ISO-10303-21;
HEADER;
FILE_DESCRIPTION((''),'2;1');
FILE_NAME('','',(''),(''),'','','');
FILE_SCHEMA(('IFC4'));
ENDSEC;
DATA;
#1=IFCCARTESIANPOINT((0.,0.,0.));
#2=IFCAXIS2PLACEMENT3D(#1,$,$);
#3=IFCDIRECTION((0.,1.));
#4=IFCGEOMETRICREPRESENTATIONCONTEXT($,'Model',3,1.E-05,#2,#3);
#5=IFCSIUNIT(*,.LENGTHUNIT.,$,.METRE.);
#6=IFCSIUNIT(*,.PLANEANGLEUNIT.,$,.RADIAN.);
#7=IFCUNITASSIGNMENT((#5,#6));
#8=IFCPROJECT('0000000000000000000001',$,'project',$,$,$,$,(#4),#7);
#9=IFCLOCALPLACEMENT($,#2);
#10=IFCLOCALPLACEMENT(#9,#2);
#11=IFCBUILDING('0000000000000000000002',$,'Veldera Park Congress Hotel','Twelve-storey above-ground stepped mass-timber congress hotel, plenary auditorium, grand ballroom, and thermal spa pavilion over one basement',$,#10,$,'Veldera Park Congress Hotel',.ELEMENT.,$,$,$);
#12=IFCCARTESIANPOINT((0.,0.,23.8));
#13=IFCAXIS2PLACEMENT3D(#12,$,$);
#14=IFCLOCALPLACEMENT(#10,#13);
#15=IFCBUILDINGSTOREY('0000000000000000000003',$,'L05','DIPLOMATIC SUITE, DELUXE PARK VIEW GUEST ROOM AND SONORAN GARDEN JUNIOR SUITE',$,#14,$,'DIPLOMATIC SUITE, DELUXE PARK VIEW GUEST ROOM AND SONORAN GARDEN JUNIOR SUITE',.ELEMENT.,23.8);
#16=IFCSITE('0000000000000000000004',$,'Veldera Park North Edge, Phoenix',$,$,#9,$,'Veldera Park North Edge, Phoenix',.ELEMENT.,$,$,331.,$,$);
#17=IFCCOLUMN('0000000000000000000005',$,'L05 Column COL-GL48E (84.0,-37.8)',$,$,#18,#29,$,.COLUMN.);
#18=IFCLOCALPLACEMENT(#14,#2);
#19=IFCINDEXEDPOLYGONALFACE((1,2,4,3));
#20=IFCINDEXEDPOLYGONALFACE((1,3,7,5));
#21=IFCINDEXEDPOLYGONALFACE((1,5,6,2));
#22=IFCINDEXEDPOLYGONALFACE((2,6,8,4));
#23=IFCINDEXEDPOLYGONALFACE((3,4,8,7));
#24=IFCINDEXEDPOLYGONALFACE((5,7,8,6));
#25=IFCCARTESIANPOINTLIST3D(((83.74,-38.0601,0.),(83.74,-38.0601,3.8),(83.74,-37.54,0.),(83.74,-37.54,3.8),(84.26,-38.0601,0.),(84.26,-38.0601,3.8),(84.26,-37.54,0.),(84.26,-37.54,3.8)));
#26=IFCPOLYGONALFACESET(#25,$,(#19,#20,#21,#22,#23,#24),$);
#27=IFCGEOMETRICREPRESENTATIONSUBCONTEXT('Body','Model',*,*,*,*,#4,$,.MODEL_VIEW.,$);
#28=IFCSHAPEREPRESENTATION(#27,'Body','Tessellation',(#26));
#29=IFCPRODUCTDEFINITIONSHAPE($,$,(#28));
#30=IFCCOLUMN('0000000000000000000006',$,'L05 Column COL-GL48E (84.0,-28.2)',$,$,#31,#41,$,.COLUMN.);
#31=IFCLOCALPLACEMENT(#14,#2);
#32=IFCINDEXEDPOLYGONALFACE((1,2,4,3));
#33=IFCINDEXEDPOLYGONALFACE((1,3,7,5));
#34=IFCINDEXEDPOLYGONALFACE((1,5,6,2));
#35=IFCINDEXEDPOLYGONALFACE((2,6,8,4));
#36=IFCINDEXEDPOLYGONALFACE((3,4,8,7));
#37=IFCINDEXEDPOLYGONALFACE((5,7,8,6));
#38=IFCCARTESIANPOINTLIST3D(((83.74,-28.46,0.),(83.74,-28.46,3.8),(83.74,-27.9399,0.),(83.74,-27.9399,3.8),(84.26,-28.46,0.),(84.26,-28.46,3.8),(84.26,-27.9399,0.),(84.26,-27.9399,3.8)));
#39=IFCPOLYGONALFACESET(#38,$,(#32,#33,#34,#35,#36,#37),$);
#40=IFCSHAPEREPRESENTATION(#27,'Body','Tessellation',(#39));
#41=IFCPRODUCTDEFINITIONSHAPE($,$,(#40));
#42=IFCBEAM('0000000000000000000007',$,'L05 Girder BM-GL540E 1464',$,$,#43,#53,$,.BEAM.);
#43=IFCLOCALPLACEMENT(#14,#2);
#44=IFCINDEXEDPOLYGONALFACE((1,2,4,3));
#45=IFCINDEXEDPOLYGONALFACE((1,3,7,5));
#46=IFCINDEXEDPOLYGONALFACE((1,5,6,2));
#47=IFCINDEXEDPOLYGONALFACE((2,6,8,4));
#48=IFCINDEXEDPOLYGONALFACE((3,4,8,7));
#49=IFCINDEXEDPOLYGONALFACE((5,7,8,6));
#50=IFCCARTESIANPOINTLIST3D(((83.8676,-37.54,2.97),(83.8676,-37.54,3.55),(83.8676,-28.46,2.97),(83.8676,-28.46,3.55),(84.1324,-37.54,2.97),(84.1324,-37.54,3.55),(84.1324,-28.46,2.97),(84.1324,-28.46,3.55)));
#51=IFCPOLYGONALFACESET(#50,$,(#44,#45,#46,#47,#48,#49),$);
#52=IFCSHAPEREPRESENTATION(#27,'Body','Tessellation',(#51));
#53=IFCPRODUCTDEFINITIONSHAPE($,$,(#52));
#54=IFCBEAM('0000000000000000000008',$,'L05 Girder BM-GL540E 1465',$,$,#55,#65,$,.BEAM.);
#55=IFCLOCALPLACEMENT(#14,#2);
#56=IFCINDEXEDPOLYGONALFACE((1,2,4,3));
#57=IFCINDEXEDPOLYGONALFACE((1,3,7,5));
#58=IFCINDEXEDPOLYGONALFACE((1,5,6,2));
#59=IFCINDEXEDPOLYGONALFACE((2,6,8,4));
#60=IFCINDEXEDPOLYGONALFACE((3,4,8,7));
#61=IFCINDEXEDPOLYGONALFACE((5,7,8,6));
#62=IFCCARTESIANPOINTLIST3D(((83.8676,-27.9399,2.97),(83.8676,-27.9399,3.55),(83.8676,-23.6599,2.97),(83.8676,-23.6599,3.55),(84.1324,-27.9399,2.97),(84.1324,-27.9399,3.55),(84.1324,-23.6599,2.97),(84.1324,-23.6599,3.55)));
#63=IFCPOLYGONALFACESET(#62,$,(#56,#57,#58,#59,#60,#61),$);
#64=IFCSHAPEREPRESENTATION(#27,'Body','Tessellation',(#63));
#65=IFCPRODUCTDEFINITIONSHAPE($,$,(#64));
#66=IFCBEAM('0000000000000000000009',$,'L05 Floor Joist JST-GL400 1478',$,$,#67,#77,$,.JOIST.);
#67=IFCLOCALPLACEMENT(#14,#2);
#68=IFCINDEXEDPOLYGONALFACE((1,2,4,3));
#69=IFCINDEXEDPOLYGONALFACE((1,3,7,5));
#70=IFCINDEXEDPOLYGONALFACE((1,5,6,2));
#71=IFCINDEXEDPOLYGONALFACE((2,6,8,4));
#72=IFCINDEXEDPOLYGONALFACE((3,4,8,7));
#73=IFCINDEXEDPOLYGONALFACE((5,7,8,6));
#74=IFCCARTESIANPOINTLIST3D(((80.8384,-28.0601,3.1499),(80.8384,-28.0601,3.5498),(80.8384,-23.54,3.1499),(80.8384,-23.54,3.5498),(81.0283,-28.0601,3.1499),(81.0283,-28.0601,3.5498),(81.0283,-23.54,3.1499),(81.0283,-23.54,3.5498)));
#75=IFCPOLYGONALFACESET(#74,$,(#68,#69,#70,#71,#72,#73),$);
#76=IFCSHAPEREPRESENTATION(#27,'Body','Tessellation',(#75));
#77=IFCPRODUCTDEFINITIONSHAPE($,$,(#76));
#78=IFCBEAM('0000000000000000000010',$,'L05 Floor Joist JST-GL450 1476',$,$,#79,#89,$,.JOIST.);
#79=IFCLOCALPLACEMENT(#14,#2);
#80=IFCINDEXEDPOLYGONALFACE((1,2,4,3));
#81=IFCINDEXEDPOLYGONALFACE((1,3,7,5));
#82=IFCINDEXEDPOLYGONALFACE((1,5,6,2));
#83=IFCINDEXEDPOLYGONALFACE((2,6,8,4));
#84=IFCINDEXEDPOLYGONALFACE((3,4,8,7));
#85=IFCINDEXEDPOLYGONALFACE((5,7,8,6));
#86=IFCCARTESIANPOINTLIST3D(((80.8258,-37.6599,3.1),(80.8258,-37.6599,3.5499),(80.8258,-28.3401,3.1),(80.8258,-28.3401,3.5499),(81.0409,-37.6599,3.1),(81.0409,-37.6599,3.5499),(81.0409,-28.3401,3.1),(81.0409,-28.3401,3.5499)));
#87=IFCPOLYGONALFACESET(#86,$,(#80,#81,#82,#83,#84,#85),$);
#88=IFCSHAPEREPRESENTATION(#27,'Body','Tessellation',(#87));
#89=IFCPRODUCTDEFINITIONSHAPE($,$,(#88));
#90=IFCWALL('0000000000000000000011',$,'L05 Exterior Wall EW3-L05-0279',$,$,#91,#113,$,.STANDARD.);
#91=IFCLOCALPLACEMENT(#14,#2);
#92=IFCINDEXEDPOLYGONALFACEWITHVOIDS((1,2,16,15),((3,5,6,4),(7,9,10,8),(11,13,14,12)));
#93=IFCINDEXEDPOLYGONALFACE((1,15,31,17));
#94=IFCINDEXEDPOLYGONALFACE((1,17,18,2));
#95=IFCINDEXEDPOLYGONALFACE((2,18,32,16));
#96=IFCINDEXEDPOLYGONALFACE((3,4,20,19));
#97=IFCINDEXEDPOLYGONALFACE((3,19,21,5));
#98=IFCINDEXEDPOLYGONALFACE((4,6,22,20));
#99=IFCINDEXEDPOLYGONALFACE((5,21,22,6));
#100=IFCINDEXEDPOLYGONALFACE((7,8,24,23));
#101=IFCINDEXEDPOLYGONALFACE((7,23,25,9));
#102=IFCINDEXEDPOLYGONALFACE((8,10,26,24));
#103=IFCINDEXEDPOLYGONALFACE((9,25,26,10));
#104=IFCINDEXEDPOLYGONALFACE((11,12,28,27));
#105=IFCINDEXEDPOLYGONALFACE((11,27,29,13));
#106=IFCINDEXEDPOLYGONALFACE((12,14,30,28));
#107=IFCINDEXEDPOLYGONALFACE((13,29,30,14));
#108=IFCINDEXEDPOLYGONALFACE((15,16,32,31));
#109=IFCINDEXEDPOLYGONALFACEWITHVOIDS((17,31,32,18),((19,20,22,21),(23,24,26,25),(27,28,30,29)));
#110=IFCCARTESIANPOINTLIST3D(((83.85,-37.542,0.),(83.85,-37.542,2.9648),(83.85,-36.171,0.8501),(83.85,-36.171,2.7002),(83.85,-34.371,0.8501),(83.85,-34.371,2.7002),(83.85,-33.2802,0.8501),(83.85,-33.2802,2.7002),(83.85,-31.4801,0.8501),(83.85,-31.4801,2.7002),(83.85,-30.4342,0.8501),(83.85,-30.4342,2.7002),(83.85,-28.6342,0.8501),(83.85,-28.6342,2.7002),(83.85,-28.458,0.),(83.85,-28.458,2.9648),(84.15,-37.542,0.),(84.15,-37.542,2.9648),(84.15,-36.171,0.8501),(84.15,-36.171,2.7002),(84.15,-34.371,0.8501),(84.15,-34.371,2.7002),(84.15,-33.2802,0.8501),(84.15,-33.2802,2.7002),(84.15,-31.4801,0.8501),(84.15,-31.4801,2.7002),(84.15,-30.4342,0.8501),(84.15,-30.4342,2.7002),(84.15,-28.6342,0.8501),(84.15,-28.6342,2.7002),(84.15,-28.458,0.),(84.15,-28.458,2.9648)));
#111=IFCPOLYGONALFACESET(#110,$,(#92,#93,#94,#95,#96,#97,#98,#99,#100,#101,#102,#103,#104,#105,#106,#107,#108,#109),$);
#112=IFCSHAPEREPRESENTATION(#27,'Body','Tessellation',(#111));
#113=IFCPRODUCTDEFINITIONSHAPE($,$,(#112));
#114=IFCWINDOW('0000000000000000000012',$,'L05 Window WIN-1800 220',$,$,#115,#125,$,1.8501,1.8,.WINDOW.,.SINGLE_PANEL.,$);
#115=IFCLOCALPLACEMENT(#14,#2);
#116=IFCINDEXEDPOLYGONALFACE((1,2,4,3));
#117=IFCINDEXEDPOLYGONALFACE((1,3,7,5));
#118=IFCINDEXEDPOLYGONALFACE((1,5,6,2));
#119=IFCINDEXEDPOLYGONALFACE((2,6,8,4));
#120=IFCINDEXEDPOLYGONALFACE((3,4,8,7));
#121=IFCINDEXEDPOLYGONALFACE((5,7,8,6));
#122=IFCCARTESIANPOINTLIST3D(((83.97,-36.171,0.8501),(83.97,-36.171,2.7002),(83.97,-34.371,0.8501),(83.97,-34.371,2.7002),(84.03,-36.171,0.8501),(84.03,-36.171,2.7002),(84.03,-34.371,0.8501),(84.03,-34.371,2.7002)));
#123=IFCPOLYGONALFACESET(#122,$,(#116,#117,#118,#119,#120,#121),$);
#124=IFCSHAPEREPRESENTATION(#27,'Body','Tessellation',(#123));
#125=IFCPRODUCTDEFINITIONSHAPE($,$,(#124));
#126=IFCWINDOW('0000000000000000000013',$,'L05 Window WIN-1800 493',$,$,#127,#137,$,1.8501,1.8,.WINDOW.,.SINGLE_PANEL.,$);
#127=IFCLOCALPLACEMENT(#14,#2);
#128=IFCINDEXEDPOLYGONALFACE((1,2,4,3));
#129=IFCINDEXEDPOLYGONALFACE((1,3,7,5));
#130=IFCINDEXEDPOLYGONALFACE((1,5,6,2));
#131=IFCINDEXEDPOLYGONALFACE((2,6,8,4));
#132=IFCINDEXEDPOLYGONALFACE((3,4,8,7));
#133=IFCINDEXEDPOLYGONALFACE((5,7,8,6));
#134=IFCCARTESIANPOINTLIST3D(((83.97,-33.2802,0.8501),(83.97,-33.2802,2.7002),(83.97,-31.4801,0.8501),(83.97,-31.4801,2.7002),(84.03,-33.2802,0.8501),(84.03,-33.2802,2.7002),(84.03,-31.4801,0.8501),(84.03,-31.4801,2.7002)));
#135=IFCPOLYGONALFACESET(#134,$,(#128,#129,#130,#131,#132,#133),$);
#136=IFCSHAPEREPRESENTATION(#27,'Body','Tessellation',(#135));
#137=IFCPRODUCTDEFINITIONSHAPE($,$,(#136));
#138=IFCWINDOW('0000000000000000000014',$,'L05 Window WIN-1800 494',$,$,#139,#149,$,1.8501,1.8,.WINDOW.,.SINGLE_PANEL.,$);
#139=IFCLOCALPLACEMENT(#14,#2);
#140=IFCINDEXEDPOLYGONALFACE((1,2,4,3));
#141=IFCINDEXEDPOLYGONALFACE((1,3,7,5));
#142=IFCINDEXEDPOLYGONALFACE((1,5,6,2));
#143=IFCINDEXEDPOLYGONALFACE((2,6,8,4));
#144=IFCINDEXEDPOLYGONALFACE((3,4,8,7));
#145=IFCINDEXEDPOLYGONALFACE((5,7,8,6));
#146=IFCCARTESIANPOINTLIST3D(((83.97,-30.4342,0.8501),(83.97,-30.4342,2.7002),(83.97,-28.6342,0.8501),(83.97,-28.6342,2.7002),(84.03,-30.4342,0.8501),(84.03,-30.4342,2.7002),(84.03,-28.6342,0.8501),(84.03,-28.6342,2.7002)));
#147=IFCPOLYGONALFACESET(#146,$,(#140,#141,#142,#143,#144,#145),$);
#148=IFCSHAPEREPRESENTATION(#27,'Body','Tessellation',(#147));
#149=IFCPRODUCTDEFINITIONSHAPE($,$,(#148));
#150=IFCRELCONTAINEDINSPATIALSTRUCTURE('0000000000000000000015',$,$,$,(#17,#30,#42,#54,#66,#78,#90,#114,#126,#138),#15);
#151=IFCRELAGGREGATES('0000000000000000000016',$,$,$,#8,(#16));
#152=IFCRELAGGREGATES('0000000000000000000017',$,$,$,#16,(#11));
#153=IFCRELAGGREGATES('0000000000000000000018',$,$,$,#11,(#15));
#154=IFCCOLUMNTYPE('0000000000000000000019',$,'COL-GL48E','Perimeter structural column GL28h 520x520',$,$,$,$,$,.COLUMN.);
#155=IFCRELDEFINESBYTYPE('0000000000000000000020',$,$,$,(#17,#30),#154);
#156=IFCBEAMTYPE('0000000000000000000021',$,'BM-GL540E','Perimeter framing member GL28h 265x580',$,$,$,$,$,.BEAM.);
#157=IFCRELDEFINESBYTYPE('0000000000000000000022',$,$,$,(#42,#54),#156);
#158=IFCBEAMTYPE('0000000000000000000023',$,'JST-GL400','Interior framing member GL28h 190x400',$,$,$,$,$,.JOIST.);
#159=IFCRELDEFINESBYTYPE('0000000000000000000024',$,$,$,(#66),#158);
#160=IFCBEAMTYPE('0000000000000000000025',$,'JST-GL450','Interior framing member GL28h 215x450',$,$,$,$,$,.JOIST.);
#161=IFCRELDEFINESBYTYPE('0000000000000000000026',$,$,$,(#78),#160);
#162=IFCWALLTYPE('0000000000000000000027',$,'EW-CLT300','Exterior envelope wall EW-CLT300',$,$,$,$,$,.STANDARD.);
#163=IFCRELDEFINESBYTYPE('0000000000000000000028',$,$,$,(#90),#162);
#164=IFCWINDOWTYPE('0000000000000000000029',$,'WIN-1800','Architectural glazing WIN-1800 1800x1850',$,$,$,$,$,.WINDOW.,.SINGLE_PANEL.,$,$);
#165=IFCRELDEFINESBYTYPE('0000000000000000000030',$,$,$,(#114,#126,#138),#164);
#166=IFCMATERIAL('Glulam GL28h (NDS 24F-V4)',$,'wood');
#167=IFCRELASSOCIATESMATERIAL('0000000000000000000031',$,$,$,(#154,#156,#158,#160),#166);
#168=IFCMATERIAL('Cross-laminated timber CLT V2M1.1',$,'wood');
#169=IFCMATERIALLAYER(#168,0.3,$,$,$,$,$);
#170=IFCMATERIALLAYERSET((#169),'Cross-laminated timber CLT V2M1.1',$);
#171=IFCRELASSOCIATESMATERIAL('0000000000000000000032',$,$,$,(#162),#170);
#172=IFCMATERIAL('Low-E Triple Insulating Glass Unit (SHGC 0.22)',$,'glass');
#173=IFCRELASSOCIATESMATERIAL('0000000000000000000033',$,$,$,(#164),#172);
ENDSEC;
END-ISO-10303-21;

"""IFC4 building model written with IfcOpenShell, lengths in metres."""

from ifc_helpers import new_model, si_unit, direction, frame, frame_2d, origin, origin_2d, place, context, subcontext, project, spatial, rectangle, extrude, material, layer, layer_set, material_profile, profile_set, type_object, element, fill, save


model = new_model("IFC4")

# Units and contexts
model_context = context("Model", 3, precision=1e-05, world=origin(), true_north=direction((0.0, 1.0)))
body_context = subcontext(model_context, "Body", "Model", "MODEL_VIEW")
ifc_project = project(units=[si_unit("LENGTHUNIT", "METRE"), si_unit("PLANEANGLEUNIT", "RADIAN")], contexts=[model_context])

# Site, building, storey
site_placement = place(None, origin())
site = spatial("IfcSite", under=ifc_project, at=site_placement, Name="Veldera Park North Edge, Phoenix", LongName="Veldera Park North Edge, Phoenix", CompositionType="ELEMENT", RefElevation=331.0)
building_placement = place(site_placement, origin())
building = spatial("IfcBuilding", under=site, at=building_placement, Name="Veldera Park Congress Hotel", Description="Twelve-storey above-ground stepped mass-timber congress hotel, plenary auditorium, grand ballroom, and thermal spa pavilion over one basement", LongName="Veldera Park Congress Hotel", CompositionType="ELEMENT")
storey_placement = place(building_placement, frame((0.0, 0.0, 23.8)))
storey = spatial("IfcBuildingStorey", under=building, at=storey_placement, Name="L05", Description="DIPLOMATIC SUITE, DELUXE PARK VIEW GUEST ROOM AND SONORAN GARDEN JUNIOR SUITE", LongName="DIPLOMATIC SUITE, DELUXE PARK VIEW GUEST ROOM AND SONORAN GARDEN JUNIOR SUITE", CompositionType="ELEMENT", Elevation=23.8)

# Columns
ifc_material_1 = material(Name="Glulam GL28h (NDS 24F-V4)", Category="wood")
ifc_material_profile_1 = material_profile(ifc_material_1, rectangle(XDim=0.52, YDim=0.52, at=origin_2d()), Name="GL28h 520x520")
ifc_profile_set_1 = profile_set([ifc_material_profile_1], Name="Glulam GL28h (NDS 24F-V4)")
column_type = type_object("IfcColumnType", Name="COL-GL48E", Description="Perimeter structural column GL28h 520x520", PredefinedType="COLUMN", material=ifc_profile_set_1)
for number, where, z_axis, x_axis, name in (
    (1, (84.0, -37.8, 0.0), (0.0, 0.0, 1.0), (1.0, 0.0, 0.0), "L05 Column COL-GL48E (84.0,-37.8)"),
    (2, (84.0, -28.2, 0.0), (0.0, 0.0, 1.0), (1.0, 0.0, 0.0), "L05 Column COL-GL48E (84.0,-28.2)"),
):
    element("IfcColumn", number, at=place(storey_placement, frame(where, z_axis=z_axis, x_axis=x_axis)), inside=storey, type_object=column_type, Name=name, PredefinedType="COLUMN", context=body_context, shape_type="SweptSolid", body=[
        extrude(rectangle(XDim=0.52, YDim=0.52, at=origin_2d()), origin(), (0.0, 0.0, 1.0), 3.8),
    ])

# Beams
ifc_material_profile_2 = material_profile(ifc_material_1, rectangle(XDim=0.2649, YDim=0.5801, at=origin_2d()), Name="GL28h 265x580")
ifc_profile_set_2 = profile_set([ifc_material_profile_2], Name="Glulam GL28h (NDS 24F-V4)")
beam_type_1 = type_object("IfcBeamType", Name="BM-GL540E", Description="Perimeter framing member GL28h 265x580", PredefinedType="BEAM", material=ifc_profile_set_2)
beam_1_placement = place(storey_placement, frame((84.0, -37.54, 3.26), z_axis=(0.0, 1.0, 0.0), x_axis=(-1.0, 0.0, 0.0)))
element("IfcBeam", 3, at=beam_1_placement, inside=storey, type_object=beam_type_1, Name="L05 Girder BM-GL540E 1464", PredefinedType="BEAM", context=body_context, shape_type="SweptSolid", body=[
    extrude(rectangle(XDim=0.2649, YDim=0.5801, at=origin_2d()), origin(), (0.0, 0.0, 1.0), 9.0801),
])
beam_2_placement = place(storey_placement, frame((84.0, -27.9399, 3.26), z_axis=(0.0, 1.0, 0.0), x_axis=(-1.0, 0.0, 0.0)))
element("IfcBeam", 4, at=beam_2_placement, inside=storey, type_object=beam_type_1, Name="L05 Girder BM-GL540E 1465", PredefinedType="BEAM", context=body_context, shape_type="SweptSolid", body=[
    extrude(rectangle(XDim=0.2649, YDim=0.5801, at=origin_2d()), origin(), (0.0, 0.0, 1.0), 4.28),
])
ifc_material_profile_3 = material_profile(ifc_material_1, rectangle(XDim=0.1899, YDim=0.3999, at=origin_2d()), Name="GL28h 190x400")
ifc_profile_set_3 = profile_set([ifc_material_profile_3], Name="Glulam GL28h (NDS 24F-V4)")
beam_type_2 = type_object("IfcBeamType", Name="JST-GL400", Description="Interior framing member GL28h 190x400", PredefinedType="JOIST", material=ifc_profile_set_3)
beam_3_placement = place(storey_placement, frame((80.9333, -28.0601, 3.3499), z_axis=(0.0, 1.0, 0.0), x_axis=(-1.0, 0.0, 0.0)))
element("IfcBeam", 5, at=beam_3_placement, inside=storey, type_object=beam_type_2, Name="L05 Floor Joist JST-GL400 1478", PredefinedType="JOIST", context=body_context, shape_type="SweptSolid", body=[
    extrude(rectangle(XDim=0.1899, YDim=0.3999, at=origin_2d()), origin(), (0.0, 0.0, 1.0), 4.52),
])
ifc_material_profile_4 = material_profile(ifc_material_1, rectangle(XDim=0.2151, YDim=0.45, at=origin_2d()), Name="GL28h 215x450")
ifc_profile_set_4 = profile_set([ifc_material_profile_4], Name="Glulam GL28h (NDS 24F-V4)")
beam_type_3 = type_object("IfcBeamType", Name="JST-GL450", Description="Interior framing member GL28h 215x450", PredefinedType="JOIST", material=ifc_profile_set_4)
beam_4_placement = place(storey_placement, frame((80.9333, -37.6599, 3.325), z_axis=(0.0, 1.0, 0.0), x_axis=(-1.0, 0.0, 0.0)))
element("IfcBeam", 6, at=beam_4_placement, inside=storey, type_object=beam_type_3, Name="L05 Floor Joist JST-GL450 1476", PredefinedType="JOIST", context=body_context, shape_type="SweptSolid", body=[
    extrude(rectangle(XDim=0.2151, YDim=0.45, at=origin_2d()), origin(), (0.0, 0.0, 1.0), 9.3198),
])

# Wall, openings, windows
ifc_material_2 = material(Name="Cross-laminated timber CLT V2M1.1", Category="wood")
ifc_layer_1 = layer(ifc_material_2, 0.3)
ifc_layer_set_1 = layer_set([ifc_layer_1], Name="Cross-laminated timber CLT V2M1.1")
wall_type_1 = type_object("IfcWallType", Name="EW-CLT300", Description="Exterior envelope wall EW-CLT300", PredefinedType="STANDARD", material=ifc_layer_set_1)
wall_1_placement = place(storey_placement, frame((84.0, -37.542, 0.0), z_axis=(0.0, 0.0, 1.0), x_axis=(0.0, 1.0, 0.0)))
wall_1 = element("IfcWall", 7, at=wall_1_placement, inside=storey, type_object=wall_type_1, Name="L05 Exterior Wall EW3-L05-0279", PredefinedType="STANDARD", context=body_context, shape_type="SweptSolid", body=[
    extrude(rectangle(XDim=9.084, YDim=0.3, at=frame_2d((4.542, 0.0))), origin(), (0.0, 0.0, 1.0), 2.9648),
])
opening_1_placement = place(wall_1_placement, frame((1.3711, 0.0, 0.8501)))
opening_1 = element("IfcOpeningElement", 8, at=opening_1_placement, cuts=wall_1, PredefinedType="OPENING", context=body_context, shape_type="SweptSolid", body=[
    extrude(rectangle(XDim=1.8, YDim=1.8501, at=frame_2d((0.8999, 0.925))), frame((0.0, 0.1621, 0.0), z_axis=(0.0, -1.0, 0.0), x_axis=(1.0, 0.0, 0.0)), (0.0, 0.0, 1.0), 0.324),
])
opening_2_placement = place(wall_1_placement, frame((4.262, 0.0, 0.8501)))
opening_2 = element("IfcOpeningElement", 9, at=opening_2_placement, cuts=wall_1, PredefinedType="OPENING", context=body_context, shape_type="SweptSolid", body=[
    extrude(rectangle(XDim=1.8, YDim=1.8501, at=frame_2d((0.8999, 0.925))), frame((0.0, 0.1621, 0.0), z_axis=(0.0, -1.0, 0.0), x_axis=(1.0, 0.0, 0.0)), (0.0, 0.0, 1.0), 0.324),
])
opening_3_placement = place(wall_1_placement, frame((7.1079, 0.0, 0.8501)))
opening_3 = element("IfcOpeningElement", 10, at=opening_3_placement, cuts=wall_1, PredefinedType="OPENING", context=body_context, shape_type="SweptSolid", body=[
    extrude(rectangle(XDim=1.8, YDim=1.8501, at=frame_2d((0.8999, 0.925))), frame((0.0, 0.1621, 0.0), z_axis=(0.0, -1.0, 0.0), x_axis=(1.0, 0.0, 0.0)), (0.0, 0.0, 1.0), 0.324),
])
ifc_material_3 = material(Name="Low-E Triple Insulating Glass Unit (SHGC 0.22)", Category="glass")
window_type = type_object("IfcWindowType", Name="WIN-1800", Description="Architectural glazing WIN-1800 1800x1850", PartitioningType="SINGLE_PANEL", PredefinedType="WINDOW", material=ifc_material_3)
window_1_placement = place(opening_1_placement, origin())
window_1 = element("IfcWindow", 11, at=window_1_placement, inside=storey, type_object=window_type, Name="L05 Window WIN-1800 220", OverallHeight=1.8501, OverallWidth=1.8, PartitioningType="SINGLE_PANEL", PredefinedType="WINDOW", context=body_context, shape_type="SweptSolid", body=[
    extrude(rectangle(XDim=1.8, YDim=1.8501, at=frame_2d((0.8999, 0.925))), frame((0.0, 0.03, 0.0), z_axis=(0.0, -1.0, 0.0), x_axis=(1.0, 0.0, 0.0)), (0.0, 0.0, 1.0), 0.0601),
])
fill(opening_1, window_1)
window_2_placement = place(opening_2_placement, origin())
window_2 = element("IfcWindow", 12, at=window_2_placement, inside=storey, type_object=window_type, Name="L05 Window WIN-1800 493", OverallHeight=1.8501, OverallWidth=1.8, PartitioningType="SINGLE_PANEL", PredefinedType="WINDOW", context=body_context, shape_type="SweptSolid", body=[
    extrude(rectangle(XDim=1.8, YDim=1.8501, at=frame_2d((0.8999, 0.925))), frame((0.0, 0.03, 0.0), z_axis=(0.0, -1.0, 0.0), x_axis=(1.0, 0.0, 0.0)), (0.0, 0.0, 1.0), 0.0601),
])
fill(opening_2, window_2)
window_3_placement = place(opening_3_placement, origin())
window_3 = element("IfcWindow", 13, at=window_3_placement, inside=storey, type_object=window_type, Name="L05 Window WIN-1800 494", OverallHeight=1.8501, OverallWidth=1.8, PartitioningType="SINGLE_PANEL", PredefinedType="WINDOW", context=body_context, shape_type="SweptSolid", body=[
    extrude(rectangle(XDim=1.8, YDim=1.8501, at=frame_2d((0.8999, 0.925))), frame((0.0, 0.03, 0.0), z_axis=(0.0, -1.0, 0.0), x_axis=(1.0, 0.0, 0.0)), (0.0, 0.0, 1.0), 0.0601),
])
fill(opening_3, window_3)

save(model, "model.ifc")
